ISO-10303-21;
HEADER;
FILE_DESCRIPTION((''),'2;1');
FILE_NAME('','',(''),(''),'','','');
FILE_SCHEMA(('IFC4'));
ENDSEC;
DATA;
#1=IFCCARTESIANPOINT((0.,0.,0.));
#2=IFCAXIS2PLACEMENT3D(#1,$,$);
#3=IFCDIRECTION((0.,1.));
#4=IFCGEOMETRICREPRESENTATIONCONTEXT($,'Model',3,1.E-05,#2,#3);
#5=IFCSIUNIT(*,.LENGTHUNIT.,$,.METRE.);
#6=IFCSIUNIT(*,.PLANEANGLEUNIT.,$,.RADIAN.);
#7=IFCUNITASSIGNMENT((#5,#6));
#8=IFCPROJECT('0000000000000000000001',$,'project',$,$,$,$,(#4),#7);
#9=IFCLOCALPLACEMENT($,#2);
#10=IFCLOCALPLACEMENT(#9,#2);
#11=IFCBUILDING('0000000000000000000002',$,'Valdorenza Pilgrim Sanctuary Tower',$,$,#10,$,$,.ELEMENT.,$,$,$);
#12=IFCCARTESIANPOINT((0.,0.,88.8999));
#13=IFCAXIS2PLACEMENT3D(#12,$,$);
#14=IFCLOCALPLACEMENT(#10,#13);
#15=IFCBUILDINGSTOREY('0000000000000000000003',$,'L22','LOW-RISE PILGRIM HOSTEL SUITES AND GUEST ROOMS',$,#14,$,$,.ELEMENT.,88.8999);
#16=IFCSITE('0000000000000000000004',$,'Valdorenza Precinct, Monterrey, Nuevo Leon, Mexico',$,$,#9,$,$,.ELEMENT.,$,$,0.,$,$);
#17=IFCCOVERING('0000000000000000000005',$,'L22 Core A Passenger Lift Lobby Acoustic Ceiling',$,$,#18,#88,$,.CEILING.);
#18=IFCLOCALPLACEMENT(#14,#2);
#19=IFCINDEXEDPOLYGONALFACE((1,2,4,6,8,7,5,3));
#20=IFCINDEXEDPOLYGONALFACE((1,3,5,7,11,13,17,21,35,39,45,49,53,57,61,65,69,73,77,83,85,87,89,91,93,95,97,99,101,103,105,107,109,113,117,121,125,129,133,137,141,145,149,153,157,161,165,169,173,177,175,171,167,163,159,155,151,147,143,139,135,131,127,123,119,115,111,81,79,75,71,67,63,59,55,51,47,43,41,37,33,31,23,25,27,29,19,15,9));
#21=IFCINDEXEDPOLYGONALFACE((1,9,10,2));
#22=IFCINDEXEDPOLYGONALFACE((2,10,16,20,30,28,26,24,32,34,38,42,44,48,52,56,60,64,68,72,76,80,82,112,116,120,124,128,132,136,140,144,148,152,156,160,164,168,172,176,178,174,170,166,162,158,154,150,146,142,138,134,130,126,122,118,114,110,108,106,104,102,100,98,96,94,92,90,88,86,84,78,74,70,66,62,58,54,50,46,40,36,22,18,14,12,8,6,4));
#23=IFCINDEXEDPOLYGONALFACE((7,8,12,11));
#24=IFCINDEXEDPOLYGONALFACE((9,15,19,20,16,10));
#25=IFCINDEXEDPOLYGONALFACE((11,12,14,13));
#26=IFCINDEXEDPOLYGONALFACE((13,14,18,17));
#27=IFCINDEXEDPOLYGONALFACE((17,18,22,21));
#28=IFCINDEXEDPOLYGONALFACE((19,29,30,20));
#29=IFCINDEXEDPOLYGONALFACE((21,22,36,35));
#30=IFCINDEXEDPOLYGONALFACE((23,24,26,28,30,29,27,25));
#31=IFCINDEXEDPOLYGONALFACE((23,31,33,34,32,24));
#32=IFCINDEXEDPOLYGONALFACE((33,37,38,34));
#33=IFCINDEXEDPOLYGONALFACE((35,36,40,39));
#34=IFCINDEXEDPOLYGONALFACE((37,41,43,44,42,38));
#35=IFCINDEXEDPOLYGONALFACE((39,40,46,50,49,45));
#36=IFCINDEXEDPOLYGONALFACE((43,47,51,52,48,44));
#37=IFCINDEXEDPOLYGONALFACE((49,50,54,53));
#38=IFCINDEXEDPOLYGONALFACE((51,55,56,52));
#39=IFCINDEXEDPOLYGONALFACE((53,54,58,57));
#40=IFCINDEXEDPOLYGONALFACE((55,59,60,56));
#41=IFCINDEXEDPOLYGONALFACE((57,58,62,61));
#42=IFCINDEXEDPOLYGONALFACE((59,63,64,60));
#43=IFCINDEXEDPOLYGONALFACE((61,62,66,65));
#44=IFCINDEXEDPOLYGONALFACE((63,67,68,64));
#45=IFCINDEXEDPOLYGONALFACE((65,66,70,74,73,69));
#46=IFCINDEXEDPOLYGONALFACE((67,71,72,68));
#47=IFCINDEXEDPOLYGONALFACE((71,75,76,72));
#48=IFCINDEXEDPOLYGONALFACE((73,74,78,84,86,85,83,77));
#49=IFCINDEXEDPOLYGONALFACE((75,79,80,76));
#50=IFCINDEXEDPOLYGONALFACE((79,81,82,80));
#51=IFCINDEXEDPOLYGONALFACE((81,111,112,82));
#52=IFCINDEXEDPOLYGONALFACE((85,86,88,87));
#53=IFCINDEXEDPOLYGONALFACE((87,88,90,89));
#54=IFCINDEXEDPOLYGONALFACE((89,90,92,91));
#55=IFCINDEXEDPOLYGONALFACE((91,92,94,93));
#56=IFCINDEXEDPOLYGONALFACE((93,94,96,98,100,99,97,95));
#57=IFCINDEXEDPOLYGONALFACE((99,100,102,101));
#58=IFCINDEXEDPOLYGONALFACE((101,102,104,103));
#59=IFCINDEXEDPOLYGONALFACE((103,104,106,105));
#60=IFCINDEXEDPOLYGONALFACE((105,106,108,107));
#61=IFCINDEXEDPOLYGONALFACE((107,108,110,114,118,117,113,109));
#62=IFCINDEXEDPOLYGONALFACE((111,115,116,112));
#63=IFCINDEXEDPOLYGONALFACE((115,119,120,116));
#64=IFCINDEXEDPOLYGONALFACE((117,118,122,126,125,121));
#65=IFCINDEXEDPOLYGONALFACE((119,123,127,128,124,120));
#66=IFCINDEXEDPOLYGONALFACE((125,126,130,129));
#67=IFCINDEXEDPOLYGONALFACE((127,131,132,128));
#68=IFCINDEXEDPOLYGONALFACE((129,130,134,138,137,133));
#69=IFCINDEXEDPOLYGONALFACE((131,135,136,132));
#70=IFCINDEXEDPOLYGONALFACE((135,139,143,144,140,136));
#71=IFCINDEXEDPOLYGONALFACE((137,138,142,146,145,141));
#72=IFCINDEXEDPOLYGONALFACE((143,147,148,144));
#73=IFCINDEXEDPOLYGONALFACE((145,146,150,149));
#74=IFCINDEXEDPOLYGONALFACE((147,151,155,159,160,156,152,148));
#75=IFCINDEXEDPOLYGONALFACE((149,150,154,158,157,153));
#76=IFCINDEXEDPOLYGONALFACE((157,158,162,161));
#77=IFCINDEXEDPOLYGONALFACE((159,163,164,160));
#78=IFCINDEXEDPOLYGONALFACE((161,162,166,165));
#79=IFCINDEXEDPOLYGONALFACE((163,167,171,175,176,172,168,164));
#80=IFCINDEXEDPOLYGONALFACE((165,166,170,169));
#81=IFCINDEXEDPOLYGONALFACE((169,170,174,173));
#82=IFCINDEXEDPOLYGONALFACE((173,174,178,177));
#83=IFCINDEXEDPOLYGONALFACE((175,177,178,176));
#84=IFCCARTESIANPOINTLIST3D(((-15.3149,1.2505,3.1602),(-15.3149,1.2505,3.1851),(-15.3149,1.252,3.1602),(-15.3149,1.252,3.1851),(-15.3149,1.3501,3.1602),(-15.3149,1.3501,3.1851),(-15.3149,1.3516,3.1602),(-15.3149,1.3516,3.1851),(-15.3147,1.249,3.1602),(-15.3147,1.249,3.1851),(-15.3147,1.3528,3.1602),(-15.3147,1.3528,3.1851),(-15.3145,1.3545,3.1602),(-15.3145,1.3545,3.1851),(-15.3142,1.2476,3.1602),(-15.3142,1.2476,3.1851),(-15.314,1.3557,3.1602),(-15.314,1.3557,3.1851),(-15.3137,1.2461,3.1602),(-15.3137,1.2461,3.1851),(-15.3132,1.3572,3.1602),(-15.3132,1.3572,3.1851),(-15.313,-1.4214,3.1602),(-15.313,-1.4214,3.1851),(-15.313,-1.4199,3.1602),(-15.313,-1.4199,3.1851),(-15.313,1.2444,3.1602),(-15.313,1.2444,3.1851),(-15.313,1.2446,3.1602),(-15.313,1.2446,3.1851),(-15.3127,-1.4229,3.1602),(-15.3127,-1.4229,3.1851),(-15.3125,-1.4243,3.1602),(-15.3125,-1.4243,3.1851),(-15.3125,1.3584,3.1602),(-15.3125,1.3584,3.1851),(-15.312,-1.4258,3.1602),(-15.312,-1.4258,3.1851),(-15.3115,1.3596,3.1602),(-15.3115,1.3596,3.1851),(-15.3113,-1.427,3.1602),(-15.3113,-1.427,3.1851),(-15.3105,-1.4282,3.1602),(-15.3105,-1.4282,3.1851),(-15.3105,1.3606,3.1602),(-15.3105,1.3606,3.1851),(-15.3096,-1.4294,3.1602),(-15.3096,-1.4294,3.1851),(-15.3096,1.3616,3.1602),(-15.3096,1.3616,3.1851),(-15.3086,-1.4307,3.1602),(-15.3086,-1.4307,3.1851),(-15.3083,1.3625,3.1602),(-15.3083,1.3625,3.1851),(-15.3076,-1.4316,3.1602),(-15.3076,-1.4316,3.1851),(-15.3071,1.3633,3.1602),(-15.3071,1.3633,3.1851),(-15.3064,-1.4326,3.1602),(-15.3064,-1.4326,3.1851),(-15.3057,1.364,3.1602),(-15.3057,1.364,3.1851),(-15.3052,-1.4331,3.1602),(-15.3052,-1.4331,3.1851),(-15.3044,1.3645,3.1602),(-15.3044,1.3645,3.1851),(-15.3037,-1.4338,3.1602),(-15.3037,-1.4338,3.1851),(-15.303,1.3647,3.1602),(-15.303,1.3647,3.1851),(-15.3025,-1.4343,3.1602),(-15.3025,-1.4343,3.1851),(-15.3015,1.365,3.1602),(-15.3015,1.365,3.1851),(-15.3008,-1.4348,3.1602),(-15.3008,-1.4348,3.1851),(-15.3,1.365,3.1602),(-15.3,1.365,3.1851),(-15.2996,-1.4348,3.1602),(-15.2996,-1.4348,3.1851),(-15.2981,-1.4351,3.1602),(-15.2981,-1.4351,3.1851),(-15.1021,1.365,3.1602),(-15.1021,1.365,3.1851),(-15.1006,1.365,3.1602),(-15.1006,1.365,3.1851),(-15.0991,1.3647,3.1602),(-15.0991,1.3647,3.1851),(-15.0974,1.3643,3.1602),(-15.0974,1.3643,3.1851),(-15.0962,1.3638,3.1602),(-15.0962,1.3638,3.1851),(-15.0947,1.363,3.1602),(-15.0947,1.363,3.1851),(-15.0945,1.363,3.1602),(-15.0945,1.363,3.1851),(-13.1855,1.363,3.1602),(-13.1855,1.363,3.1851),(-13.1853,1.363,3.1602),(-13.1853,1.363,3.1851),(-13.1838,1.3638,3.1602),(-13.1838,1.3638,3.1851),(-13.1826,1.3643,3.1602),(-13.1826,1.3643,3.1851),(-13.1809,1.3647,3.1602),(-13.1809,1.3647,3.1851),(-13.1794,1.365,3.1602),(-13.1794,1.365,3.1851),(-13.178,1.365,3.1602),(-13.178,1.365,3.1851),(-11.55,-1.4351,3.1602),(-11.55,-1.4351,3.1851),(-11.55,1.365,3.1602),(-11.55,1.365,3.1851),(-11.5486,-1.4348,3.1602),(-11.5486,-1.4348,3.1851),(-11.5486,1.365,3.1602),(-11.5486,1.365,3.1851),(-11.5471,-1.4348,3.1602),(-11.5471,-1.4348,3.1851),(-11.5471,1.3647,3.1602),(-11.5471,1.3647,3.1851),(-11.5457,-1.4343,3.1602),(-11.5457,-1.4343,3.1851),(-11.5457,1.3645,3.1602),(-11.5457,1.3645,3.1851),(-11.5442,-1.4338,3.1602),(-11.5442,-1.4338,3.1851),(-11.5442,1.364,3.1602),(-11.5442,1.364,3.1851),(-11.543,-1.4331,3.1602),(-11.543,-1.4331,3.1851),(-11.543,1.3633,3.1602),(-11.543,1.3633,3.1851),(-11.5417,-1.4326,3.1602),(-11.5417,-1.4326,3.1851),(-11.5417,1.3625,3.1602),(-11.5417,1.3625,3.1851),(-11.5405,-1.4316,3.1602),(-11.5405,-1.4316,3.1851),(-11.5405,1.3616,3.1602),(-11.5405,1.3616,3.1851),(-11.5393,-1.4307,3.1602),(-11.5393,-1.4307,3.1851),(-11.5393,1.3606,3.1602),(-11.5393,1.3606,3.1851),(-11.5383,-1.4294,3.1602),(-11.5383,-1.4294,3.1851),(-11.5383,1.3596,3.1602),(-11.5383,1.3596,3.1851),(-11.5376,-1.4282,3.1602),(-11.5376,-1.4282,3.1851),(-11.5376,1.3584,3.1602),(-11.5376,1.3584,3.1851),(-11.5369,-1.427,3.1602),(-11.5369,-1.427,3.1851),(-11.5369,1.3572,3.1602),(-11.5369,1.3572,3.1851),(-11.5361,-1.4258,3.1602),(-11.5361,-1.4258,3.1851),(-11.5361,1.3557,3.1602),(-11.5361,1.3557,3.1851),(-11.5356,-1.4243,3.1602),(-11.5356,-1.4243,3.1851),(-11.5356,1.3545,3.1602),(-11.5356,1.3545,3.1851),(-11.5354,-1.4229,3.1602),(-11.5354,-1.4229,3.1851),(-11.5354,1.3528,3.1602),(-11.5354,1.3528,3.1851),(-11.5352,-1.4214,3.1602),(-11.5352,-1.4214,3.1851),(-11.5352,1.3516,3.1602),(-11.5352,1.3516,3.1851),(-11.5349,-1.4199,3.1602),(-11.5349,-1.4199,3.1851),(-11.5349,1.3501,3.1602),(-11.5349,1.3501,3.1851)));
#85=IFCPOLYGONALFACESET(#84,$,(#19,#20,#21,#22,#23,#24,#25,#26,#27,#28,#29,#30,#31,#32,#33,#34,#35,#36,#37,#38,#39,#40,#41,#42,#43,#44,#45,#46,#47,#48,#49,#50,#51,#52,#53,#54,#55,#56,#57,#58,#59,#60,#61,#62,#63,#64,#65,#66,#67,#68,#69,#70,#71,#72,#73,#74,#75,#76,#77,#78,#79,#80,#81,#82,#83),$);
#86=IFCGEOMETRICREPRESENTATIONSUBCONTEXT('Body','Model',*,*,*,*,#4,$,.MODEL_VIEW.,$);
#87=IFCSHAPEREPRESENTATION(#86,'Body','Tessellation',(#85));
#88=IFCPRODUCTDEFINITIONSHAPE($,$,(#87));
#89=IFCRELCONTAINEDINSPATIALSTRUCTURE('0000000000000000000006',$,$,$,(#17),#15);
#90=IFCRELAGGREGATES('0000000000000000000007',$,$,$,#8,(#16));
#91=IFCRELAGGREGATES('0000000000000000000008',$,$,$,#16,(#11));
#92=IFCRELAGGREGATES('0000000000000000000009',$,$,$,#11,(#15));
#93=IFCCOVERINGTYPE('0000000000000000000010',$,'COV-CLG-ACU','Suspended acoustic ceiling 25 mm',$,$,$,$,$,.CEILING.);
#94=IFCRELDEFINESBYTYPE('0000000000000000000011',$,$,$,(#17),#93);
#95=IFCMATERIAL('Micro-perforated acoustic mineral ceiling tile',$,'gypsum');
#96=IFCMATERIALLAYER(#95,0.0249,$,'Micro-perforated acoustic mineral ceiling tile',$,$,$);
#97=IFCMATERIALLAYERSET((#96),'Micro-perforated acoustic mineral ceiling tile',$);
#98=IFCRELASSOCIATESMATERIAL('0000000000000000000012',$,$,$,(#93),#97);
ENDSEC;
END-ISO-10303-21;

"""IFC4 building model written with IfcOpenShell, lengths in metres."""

from ifc_helpers import new_model, si_unit, direction, frame, origin, place, context, subcontext, project, spatial, polyline, outline, extrude, material, layer, layer_set, type_object, element, save


model = new_model("IFC4")

# Units and contexts
model_context = context("Model", 3, precision=1e-05, world=origin(), true_north=direction((0.0, 1.0)))
body_context = subcontext(model_context, "Body", "Model", "MODEL_VIEW")
ifc_project = project(units=[si_unit("LENGTHUNIT", "METRE"), si_unit("PLANEANGLEUNIT", "RADIAN")], contexts=[model_context])

# Site, building, storey
site_placement = place(None, origin())
site = spatial("IfcSite", under=ifc_project, at=site_placement, Name="Valdorenza Precinct, Monterrey, Nuevo Leon, Mexico", CompositionType="ELEMENT", RefElevation=0.0)
building_placement = place(site_placement, origin())
building = spatial("IfcBuilding", under=site, at=building_placement, Name="Valdorenza Pilgrim Sanctuary Tower", CompositionType="ELEMENT")
storey_placement = place(building_placement, frame((0.0, 0.0, 88.8999)))
storey = spatial("IfcBuildingStorey", under=building, at=storey_placement, Name="L22", Description="LOW-RISE PILGRIM HOSTEL SUITES AND GUEST ROOMS", CompositionType="ELEMENT", Elevation=88.8999)

# Covering
ifc_material_1 = material(Name="Micro-perforated acoustic mineral ceiling tile", Category="gypsum")
ifc_layer_1 = layer(ifc_material_1, 0.0249, Name="Micro-perforated acoustic mineral ceiling tile")
ifc_layer_set_1 = layer_set([ifc_layer_1], Name="Micro-perforated acoustic mineral ceiling tile")
covering_type_1 = type_object("IfcCoveringType", Name="COV-CLG-ACU", Description="Suspended acoustic ceiling 25 mm", PredefinedType="CEILING", material=ifc_layer_set_1)
covering_1_placement = place(storey_placement, frame((0.0, 0.0, 3.1602)))
element("IfcCovering", 1, at=covering_1_placement, inside=storey, type_object=covering_type_1, Name="L22 Core A Passenger Lift Lobby Acoustic Ceiling", PredefinedType="CEILING", context=body_context, shape_type="SweptSolid", body=[
    extrude(outline(polyline([(-15.313, 1.2444), (-15.313, 1.2446), (-15.3137, 1.2461), (-15.3142, 1.2476), (-15.3147, 1.249), (-15.3149, 1.2505), (-15.3149, 1.252), (-15.3149, 1.3501), (-15.3149, 1.3516), (-15.3147, 1.3528), (-15.3145, 1.3545), (-15.314, 1.3557), (-15.3132, 1.3572), (-15.3125, 1.3584), (-15.3115, 1.3596), (-15.3105, 1.3606), (-15.3096, 1.3616), (-15.3083, 1.3625), (-15.3071, 1.3633), (-15.3057, 1.364), (-15.3044, 1.3645), (-15.303, 1.3647), (-15.3015, 1.365), (-15.3, 1.365), (-15.1021, 1.365), (-15.1006, 1.365), (-15.0991, 1.3647), (-15.0974, 1.3643), (-15.0962, 1.3638), (-15.0947, 1.363), (-15.0945, 1.363), (-13.1855, 1.363), (-13.1853, 1.363), (-13.1838, 1.3638), (-13.1826, 1.3643), (-13.1809, 1.3647), (-13.1794, 1.365), (-13.178, 1.365), (-11.55, 1.365), (-11.5486, 1.365), (-11.5471, 1.3647), (-11.5457, 1.3645), (-11.5442, 1.364), (-11.543, 1.3633), (-11.5417, 1.3625), (-11.5405, 1.3616), (-11.5393, 1.3606), (-11.5383, 1.3596), (-11.5376, 1.3584), (-11.5369, 1.3572), (-11.5361, 1.3557), (-11.5356, 1.3545), (-11.5354, 1.3528), (-11.5352, 1.3516), (-11.5349, 1.3501), (-11.5349, -1.4199), (-11.5352, -1.4214), (-11.5354, -1.4229), (-11.5356, -1.4243), (-11.5361, -1.4258), (-11.5369, -1.427), (-11.5376, -1.4282), (-11.5383, -1.4294), (-11.5393, -1.4307), (-11.5405, -1.4316), (-11.5417, -1.4326), (-11.543, -1.4331), (-11.5442, -1.4338), (-11.5457, -1.4343), (-11.5471, -1.4348), (-11.5486, -1.4348), (-11.55, -1.4351), (-15.2981, -1.4351), (-15.2996, -1.4348), (-15.3008, -1.4348), (-15.3025, -1.4343), (-15.3037, -1.4338), (-15.3052, -1.4331), (-15.3064, -1.4326), (-15.3076, -1.4316), (-15.3086, -1.4307), (-15.3096, -1.4294), (-15.3105, -1.4282), (-15.3113, -1.427), (-15.312, -1.4258), (-15.3125, -1.4243), (-15.3127, -1.4229), (-15.313, -1.4214), (-15.313, -1.4199), (-15.313, 1.2444)])), origin(), (0.0, 0.0, 1.0), 0.0249),
])

save(model, "model.ifc")
